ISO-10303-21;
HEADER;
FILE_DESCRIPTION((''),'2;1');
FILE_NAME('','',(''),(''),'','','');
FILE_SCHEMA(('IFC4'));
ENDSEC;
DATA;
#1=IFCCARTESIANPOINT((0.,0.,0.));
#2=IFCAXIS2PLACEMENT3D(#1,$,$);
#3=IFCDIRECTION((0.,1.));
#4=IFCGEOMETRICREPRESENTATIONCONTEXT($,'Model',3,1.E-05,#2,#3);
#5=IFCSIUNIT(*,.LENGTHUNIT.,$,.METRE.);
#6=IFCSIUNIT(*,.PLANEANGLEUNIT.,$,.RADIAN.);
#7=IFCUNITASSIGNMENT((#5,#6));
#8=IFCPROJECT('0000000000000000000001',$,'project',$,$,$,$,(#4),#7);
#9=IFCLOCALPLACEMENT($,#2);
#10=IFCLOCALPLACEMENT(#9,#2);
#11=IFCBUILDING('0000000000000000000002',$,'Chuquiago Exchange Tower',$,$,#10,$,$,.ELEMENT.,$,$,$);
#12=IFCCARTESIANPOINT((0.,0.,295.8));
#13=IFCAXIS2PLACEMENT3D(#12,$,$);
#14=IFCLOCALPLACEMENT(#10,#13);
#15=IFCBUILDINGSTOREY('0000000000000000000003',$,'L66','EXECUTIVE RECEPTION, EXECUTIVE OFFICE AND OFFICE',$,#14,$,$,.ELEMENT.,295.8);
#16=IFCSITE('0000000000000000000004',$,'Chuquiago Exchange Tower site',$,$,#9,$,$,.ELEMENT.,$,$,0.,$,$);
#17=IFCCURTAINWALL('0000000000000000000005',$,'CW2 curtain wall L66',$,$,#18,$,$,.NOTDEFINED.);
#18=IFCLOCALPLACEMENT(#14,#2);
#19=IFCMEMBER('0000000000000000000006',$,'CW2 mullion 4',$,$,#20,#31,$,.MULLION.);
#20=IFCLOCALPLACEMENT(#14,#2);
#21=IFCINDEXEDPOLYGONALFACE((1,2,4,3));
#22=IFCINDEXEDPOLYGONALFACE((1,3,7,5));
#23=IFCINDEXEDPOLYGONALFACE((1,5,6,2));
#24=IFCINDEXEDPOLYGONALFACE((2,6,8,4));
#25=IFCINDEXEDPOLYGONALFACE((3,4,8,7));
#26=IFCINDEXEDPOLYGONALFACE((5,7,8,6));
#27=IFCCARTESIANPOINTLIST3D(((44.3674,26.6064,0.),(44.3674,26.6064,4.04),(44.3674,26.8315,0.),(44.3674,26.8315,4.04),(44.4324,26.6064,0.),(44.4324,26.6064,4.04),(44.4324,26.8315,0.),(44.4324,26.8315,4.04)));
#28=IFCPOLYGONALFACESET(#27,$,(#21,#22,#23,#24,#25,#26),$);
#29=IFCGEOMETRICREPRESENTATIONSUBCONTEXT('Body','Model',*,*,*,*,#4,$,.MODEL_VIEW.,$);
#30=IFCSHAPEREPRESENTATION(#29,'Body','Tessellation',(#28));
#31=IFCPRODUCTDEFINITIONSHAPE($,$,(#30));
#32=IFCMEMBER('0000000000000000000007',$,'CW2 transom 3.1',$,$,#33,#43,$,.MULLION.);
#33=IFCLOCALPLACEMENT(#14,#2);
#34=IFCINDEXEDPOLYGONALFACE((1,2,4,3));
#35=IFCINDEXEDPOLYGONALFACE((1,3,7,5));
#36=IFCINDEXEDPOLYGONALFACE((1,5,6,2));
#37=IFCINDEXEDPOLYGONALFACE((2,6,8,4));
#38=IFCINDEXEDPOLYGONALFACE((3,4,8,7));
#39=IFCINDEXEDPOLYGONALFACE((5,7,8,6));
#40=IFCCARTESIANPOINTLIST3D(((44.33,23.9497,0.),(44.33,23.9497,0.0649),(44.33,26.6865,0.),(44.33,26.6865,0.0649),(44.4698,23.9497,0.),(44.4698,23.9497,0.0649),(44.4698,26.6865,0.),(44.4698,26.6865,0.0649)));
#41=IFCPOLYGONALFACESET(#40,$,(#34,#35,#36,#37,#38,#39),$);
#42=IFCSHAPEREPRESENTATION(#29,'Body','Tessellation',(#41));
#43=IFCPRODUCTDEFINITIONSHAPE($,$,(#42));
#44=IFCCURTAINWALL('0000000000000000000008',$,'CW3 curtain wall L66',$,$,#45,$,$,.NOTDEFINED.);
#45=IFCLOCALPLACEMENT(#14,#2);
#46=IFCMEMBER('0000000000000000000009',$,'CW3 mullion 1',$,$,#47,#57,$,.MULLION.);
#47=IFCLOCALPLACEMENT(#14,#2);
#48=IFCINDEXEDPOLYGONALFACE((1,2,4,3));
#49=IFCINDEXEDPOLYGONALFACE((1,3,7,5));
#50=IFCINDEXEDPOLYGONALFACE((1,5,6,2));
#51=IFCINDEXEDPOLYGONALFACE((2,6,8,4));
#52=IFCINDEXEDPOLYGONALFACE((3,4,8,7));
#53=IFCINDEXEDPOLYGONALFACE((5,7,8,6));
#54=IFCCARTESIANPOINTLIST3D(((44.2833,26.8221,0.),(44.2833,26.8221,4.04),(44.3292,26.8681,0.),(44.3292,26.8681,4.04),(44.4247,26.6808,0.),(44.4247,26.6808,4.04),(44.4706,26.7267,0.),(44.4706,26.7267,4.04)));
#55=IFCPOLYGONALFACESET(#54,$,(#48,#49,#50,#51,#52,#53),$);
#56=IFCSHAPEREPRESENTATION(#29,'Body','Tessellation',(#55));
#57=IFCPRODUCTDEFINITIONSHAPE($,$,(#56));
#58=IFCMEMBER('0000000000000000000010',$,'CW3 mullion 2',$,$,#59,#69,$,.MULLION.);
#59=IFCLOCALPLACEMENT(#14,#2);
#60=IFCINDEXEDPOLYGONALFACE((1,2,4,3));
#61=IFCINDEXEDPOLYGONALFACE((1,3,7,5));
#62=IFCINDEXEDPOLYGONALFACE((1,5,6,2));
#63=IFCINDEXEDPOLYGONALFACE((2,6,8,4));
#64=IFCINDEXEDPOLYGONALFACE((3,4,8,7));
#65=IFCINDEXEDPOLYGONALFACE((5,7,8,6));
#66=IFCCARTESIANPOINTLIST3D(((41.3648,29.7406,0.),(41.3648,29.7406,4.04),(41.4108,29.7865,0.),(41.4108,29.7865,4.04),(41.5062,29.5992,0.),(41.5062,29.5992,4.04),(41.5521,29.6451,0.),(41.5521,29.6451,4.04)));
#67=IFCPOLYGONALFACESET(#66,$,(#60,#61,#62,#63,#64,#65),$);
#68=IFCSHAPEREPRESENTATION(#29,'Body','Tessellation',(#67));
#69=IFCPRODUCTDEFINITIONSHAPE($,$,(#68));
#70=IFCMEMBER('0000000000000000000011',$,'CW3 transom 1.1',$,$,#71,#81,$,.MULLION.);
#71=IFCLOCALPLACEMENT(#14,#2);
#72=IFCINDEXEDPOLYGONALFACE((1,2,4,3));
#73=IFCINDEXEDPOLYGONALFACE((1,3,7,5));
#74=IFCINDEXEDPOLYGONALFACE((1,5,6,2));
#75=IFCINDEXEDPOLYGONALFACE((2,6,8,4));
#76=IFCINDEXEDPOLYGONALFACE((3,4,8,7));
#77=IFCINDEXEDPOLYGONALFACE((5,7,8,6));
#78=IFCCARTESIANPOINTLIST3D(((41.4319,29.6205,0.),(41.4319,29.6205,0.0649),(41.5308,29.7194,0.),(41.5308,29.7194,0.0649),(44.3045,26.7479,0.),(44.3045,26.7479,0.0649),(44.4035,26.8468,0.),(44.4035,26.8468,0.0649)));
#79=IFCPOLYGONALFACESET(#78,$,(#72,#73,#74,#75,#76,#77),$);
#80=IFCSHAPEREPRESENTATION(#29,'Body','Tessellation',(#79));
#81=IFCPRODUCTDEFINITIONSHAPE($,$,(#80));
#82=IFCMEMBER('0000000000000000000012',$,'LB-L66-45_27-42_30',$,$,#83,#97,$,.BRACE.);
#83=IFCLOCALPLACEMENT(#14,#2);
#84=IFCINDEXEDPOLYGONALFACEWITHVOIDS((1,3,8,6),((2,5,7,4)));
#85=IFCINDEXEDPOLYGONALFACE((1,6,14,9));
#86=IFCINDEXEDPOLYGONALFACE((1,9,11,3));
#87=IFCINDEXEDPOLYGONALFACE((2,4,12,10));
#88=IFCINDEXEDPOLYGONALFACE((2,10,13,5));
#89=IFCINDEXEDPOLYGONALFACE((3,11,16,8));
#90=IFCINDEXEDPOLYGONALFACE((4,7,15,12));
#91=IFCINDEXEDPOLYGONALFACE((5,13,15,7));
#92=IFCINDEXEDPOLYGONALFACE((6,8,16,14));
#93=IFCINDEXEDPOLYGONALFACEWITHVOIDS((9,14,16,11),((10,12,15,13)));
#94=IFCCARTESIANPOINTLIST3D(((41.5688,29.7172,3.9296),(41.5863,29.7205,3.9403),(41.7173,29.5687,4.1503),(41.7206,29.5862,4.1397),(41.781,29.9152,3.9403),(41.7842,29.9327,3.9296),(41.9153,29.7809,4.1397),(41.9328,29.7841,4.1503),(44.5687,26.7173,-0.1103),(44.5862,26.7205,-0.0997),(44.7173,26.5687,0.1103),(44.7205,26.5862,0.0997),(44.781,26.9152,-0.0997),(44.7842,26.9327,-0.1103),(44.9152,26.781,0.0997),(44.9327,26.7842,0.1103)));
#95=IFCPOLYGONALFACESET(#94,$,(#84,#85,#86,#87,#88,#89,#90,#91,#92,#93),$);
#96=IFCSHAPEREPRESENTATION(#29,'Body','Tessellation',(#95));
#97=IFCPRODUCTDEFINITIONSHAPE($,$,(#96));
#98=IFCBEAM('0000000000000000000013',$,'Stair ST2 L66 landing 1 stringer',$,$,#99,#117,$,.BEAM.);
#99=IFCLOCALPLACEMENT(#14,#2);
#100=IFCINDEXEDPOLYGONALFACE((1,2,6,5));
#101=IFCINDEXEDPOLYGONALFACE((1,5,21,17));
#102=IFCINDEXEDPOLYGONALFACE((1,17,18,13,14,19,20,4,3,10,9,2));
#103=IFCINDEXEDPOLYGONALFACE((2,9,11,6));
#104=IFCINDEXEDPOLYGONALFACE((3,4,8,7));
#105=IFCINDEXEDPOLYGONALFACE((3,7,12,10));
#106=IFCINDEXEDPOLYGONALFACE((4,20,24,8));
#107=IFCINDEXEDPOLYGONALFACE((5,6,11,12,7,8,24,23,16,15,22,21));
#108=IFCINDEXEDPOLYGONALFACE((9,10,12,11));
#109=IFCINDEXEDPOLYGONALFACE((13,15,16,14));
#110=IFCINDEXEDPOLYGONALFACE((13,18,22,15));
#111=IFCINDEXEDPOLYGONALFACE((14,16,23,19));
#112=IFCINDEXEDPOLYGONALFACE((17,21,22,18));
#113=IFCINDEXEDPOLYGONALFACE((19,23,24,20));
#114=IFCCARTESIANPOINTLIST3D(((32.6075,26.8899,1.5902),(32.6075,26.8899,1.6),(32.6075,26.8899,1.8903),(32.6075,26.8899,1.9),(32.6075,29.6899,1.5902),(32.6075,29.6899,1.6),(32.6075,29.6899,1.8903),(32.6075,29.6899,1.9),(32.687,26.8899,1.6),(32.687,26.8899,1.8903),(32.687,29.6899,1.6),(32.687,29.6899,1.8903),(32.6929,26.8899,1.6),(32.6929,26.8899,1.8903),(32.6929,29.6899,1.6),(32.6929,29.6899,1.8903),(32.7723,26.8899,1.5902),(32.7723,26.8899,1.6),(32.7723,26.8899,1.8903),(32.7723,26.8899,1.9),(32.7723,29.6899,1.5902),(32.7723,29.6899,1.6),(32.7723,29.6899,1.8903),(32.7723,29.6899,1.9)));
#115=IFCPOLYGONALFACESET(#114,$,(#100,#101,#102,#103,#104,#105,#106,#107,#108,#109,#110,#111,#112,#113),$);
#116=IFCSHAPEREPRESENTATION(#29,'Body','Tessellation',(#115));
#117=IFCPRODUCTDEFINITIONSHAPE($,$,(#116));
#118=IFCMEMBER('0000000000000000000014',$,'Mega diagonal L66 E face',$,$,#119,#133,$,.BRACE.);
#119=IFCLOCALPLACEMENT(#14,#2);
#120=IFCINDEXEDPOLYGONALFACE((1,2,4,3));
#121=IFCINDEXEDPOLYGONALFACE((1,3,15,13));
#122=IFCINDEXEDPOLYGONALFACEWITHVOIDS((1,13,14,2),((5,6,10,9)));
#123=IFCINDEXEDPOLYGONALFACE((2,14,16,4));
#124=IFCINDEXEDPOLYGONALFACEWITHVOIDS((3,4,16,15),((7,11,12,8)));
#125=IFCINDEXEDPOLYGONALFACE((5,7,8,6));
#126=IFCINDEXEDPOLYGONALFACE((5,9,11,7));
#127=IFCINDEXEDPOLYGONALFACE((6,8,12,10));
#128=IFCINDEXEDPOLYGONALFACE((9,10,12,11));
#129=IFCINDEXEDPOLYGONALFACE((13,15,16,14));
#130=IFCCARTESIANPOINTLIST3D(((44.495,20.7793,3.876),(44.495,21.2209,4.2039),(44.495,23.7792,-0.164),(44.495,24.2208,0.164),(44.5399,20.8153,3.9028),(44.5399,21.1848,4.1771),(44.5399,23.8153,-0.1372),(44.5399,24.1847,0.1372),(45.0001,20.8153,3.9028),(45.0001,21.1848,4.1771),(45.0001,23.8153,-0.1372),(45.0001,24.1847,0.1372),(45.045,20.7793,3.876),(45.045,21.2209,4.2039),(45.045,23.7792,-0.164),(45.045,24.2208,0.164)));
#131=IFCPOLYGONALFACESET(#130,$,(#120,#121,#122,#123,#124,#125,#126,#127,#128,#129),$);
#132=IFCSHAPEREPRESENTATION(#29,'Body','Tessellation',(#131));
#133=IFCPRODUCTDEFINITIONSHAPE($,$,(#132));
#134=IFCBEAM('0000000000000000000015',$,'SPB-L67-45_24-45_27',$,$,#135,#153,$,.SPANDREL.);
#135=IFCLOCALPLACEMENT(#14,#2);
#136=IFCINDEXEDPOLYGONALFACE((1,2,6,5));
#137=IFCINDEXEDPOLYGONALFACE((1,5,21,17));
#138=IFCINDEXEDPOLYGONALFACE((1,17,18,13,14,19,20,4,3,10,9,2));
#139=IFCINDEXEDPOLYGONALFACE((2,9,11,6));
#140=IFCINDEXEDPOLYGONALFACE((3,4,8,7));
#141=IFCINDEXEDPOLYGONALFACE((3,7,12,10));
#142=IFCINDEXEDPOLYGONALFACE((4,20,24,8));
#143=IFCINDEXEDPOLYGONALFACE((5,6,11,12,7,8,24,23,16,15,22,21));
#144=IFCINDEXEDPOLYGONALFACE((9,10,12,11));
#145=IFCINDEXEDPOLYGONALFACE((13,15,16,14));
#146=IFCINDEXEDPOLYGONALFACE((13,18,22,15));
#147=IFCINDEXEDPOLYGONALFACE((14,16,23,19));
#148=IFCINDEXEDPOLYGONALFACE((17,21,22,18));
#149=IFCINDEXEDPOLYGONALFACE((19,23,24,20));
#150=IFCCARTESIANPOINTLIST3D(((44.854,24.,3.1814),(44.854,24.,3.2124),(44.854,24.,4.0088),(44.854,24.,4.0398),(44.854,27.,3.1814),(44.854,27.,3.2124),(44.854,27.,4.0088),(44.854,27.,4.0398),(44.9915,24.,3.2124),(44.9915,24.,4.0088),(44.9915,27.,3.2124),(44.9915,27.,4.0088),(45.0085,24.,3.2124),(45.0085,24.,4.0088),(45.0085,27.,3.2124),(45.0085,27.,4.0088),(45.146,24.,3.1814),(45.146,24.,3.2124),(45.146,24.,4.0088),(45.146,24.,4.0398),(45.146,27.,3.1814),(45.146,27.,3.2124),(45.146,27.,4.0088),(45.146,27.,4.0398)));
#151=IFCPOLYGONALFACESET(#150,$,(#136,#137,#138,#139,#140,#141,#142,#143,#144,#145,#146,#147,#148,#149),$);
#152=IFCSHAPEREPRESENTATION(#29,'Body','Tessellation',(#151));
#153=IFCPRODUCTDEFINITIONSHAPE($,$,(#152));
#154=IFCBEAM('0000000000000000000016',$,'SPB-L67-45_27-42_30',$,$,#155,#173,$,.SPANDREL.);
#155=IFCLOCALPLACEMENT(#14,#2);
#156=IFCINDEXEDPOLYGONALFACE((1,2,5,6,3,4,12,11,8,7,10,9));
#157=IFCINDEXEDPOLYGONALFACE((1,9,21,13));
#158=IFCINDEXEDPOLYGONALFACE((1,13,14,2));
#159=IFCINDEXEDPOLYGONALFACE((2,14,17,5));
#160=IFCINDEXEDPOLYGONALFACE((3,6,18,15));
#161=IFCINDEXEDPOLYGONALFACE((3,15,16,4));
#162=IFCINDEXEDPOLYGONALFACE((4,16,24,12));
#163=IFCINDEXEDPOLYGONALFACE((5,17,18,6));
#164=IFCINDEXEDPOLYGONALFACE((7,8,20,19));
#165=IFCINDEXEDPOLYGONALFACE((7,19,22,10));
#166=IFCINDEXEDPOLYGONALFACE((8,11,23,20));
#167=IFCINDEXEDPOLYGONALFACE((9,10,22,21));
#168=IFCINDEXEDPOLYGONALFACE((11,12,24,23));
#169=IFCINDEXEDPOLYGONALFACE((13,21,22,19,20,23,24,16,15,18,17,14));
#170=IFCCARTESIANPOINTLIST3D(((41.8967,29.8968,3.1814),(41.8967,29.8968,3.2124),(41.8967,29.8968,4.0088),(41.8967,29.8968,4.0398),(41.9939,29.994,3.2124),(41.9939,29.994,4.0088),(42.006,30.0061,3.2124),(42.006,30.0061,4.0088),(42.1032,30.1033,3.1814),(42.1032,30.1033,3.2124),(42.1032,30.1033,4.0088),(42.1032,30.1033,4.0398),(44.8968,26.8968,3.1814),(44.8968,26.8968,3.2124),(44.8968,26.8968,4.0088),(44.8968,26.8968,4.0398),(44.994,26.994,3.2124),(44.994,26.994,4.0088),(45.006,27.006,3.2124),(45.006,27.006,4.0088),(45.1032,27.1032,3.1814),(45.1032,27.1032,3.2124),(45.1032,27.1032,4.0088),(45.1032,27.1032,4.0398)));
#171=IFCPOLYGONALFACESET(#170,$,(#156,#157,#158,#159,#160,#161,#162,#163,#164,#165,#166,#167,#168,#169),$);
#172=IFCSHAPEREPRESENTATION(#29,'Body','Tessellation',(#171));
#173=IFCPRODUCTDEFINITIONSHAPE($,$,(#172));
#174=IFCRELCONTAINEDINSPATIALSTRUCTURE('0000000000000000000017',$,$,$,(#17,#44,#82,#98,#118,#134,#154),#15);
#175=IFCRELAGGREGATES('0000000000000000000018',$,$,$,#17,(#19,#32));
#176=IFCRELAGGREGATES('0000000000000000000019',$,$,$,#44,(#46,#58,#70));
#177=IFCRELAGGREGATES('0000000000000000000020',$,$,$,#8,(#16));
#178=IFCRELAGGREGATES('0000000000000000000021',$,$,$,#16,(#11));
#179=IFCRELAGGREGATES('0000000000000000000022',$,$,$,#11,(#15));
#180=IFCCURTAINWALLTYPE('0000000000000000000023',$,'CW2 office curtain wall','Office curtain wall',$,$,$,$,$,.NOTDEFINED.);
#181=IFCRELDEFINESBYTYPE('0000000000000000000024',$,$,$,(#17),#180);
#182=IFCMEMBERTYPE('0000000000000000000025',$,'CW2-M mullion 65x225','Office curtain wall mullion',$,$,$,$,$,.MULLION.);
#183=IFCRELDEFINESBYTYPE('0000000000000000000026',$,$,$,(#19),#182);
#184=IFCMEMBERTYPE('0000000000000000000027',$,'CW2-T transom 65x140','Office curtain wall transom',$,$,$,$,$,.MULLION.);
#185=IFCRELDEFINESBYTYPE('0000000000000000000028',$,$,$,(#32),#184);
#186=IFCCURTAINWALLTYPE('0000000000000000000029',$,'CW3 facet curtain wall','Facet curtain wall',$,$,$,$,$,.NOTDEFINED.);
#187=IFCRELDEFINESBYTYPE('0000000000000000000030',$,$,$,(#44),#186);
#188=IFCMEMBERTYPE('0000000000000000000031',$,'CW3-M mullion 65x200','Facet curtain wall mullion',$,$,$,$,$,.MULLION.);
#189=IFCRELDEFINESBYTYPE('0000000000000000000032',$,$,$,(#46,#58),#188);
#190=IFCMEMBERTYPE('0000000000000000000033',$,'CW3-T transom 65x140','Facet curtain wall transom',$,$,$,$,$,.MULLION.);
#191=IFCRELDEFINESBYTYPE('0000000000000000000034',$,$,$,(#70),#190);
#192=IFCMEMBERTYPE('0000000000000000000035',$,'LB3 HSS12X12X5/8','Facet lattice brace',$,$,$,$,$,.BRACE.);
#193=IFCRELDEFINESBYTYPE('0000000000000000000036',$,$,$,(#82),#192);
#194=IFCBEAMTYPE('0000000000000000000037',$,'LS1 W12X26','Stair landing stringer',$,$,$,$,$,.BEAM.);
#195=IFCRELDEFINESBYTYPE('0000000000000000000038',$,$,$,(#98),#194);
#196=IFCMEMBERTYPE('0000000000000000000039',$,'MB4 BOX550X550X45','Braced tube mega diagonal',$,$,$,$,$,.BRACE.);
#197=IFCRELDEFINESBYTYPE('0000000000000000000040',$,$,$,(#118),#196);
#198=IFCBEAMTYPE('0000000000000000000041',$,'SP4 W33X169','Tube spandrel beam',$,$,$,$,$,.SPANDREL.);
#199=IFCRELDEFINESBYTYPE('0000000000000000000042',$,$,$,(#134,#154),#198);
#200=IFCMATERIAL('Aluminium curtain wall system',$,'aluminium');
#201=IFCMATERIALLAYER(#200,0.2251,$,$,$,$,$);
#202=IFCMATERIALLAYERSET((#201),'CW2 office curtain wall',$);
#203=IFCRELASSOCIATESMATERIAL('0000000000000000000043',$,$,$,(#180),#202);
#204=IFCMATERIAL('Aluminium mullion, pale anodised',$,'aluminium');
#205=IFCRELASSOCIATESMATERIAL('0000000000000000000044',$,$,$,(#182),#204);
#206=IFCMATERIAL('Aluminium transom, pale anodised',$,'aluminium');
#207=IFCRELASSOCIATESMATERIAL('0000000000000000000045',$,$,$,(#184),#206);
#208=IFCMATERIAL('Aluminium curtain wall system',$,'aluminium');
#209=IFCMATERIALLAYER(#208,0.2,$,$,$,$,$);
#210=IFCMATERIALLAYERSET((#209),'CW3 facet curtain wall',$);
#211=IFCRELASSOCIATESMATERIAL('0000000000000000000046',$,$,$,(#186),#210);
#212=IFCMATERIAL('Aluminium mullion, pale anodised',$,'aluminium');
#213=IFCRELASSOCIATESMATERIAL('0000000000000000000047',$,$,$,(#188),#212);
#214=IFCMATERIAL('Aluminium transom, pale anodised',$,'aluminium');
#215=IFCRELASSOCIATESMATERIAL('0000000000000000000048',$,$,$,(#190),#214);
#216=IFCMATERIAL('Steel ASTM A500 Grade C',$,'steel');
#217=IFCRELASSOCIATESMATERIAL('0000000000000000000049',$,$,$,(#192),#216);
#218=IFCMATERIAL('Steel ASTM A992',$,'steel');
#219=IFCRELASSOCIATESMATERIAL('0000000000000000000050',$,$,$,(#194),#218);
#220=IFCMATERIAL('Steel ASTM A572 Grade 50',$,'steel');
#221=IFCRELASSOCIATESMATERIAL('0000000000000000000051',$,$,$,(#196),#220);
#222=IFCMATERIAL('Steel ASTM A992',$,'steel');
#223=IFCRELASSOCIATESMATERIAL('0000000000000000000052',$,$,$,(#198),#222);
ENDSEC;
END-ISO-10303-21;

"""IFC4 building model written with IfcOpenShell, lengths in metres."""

from ifc_helpers import new_model, si_unit, direction, frame, origin, origin_2d, place, context, subcontext, project, spatial, rectangle, hollow_rectangle, i_section, extrude, material, layer, layer_set, material_profile, profile_set, type_object, element, aggregate, save


model = new_model("IFC4")

# Units and contexts
model_context = context("Model", 3, precision=1e-05, world=origin(), true_north=direction((0.0, 1.0)))
body_context = subcontext(model_context, "Body", "Model", "MODEL_VIEW")
ifc_project = project(units=[si_unit("LENGTHUNIT", "METRE"), si_unit("PLANEANGLEUNIT", "RADIAN")], contexts=[model_context])

# Site, building, storey
site_placement = place(None, origin())
site = spatial("IfcSite", under=ifc_project, at=site_placement, Name="Chuquiago Exchange Tower site", CompositionType="ELEMENT", RefElevation=0.0)
building_placement = place(site_placement, origin())
building = spatial("IfcBuilding", under=site, at=building_placement, Name="Chuquiago Exchange Tower", CompositionType="ELEMENT")
storey_placement = place(building_placement, frame((0.0, 0.0, 295.8)))
storey = spatial("IfcBuildingStorey", under=building, at=storey_placement, Name="L66", Description="EXECUTIVE RECEPTION, EXECUTIVE OFFICE AND OFFICE", CompositionType="ELEMENT", Elevation=295.8)

# Curtain walls, members
ifc_material_1 = material(Name="Aluminium curtain wall system", Category="aluminium")
ifc_layer_1 = layer(ifc_material_1, 0.2251)
ifc_layer_set_1 = layer_set([ifc_layer_1], Name="CW2 office curtain wall")
curtain_wall_type_1 = type_object("IfcCurtainWallType", Name="CW2 office curtain wall", Description="Office curtain wall", PredefinedType="NOTDEFINED", material=ifc_layer_set_1)
curtain_wall_1_placement = place(storey_placement, origin())
curtain_wall_1 = element("IfcCurtainWall", 1, at=curtain_wall_1_placement, inside=storey, type_object=curtain_wall_type_1, Name="CW2 curtain wall L66", PredefinedType="NOTDEFINED")
ifc_material_2 = material(Name="Aluminium mullion, pale anodised", Category="aluminium")
ifc_material_profile_1 = material_profile(ifc_material_2, rectangle(XDim=0.0649, YDim=0.2251, at=origin_2d()), Name="AL 65x225")
ifc_profile_set_1 = profile_set([ifc_material_profile_1], Name="Aluminium mullion, pale anodised")
member_type_1 = type_object("IfcMemberType", Name="CW2-M mullion 65x225", Description="Office curtain wall mullion", PredefinedType="MULLION", material=ifc_profile_set_1)
member_1_placement = place(storey_placement, frame((44.3999, 26.719, 0.0), z_axis=(0.0, 0.0, 1.0), x_axis=(-1.0, 0.0, 0.0)))
member_1 = element("IfcMember", 2, at=member_1_placement, type_object=member_type_1, Name="CW2 mullion 4", PredefinedType="MULLION", context=body_context, shape_type="SweptSolid", body=[
    extrude(rectangle(XDim=0.0649, YDim=0.2251, at=origin_2d()), origin(), (0.0, 0.0, 1.0), 4.04),
])
ifc_material_3 = material(Name="Aluminium transom, pale anodised", Category="aluminium")
ifc_material_profile_2 = material_profile(ifc_material_3, rectangle(XDim=0.1399, YDim=0.0649, at=origin_2d()), Name="AL 140x65")
ifc_profile_set_2 = profile_set([ifc_material_profile_2], Name="Aluminium transom, pale anodised")
member_type_2 = type_object("IfcMemberType", Name="CW2-T transom 65x140", Description="Office curtain wall transom", PredefinedType="MULLION", material=ifc_profile_set_2)
member_2_placement = place(storey_placement, frame((44.3999, 23.9497, 0.0325), z_axis=(0.0, 1.0, 0.0), x_axis=(-1.0, 0.0, 0.0)))
member_2 = element("IfcMember", 3, at=member_2_placement, type_object=member_type_2, Name="CW2 transom 3.1", PredefinedType="MULLION", context=body_context, shape_type="SweptSolid", body=[
    extrude(rectangle(XDim=0.1399, YDim=0.0649, at=origin_2d()), origin(), (0.0, 0.0, 1.0), 2.7368),
])
ifc_material_4 = material(Name="Aluminium curtain wall system", Category="aluminium")
ifc_layer_2 = layer(ifc_material_4, 0.2)
ifc_layer_set_2 = layer_set([ifc_layer_2], Name="CW3 facet curtain wall")
curtain_wall_type_2 = type_object("IfcCurtainWallType", Name="CW3 facet curtain wall", Description="Facet curtain wall", PredefinedType="NOTDEFINED", material=ifc_layer_set_2)
curtain_wall_2_placement = place(storey_placement, origin())
curtain_wall_2 = element("IfcCurtainWall", 4, at=curtain_wall_2_placement, inside=storey, type_object=curtain_wall_type_2, Name="CW3 curtain wall L66", PredefinedType="NOTDEFINED")
ifc_material_5 = material(Name="Aluminium mullion, pale anodised", Category="aluminium")
ifc_material_profile_3 = material_profile(ifc_material_5, rectangle(XDim=0.0649, YDim=0.2, at=origin_2d()), Name="AL 65x200")
ifc_profile_set_3 = profile_set([ifc_material_profile_3], Name="Aluminium mullion, pale anodised")
member_type_3 = type_object("IfcMemberType", Name="CW3-M mullion 65x200", Description="Facet curtain wall mullion", PredefinedType="MULLION", material=ifc_profile_set_3)
member_3_placement = place(storey_placement, frame((44.377, 26.7744, 0.0), z_axis=(0.0, 0.0, 1.0), x_axis=(-0.707107, -0.707107, 0.0)))
member_3 = element("IfcMember", 5, at=member_3_placement, type_object=member_type_3, Name="CW3 mullion 1", PredefinedType="MULLION", context=body_context, shape_type="SweptSolid", body=[
    extrude(rectangle(XDim=0.0649, YDim=0.2, at=origin_2d()), origin(), (0.0, 0.0, 1.0), 4.04),
])
member_4_placement = place(storey_placement, frame((41.4585, 29.6929, 0.0), z_axis=(0.0, 0.0, 1.0), x_axis=(-0.707107, -0.707107, 0.0)))
member_4 = element("IfcMember", 6, at=member_4_placement, type_object=member_type_3, Name="CW3 mullion 2", PredefinedType="MULLION", context=body_context, shape_type="SweptSolid", body=[
    extrude(rectangle(XDim=0.0649, YDim=0.2, at=origin_2d()), origin(), (0.0, 0.0, 1.0), 4.04),
])
ifc_material_6 = material(Name="Aluminium transom, pale anodised", Category="aluminium")
ifc_material_profile_4 = material_profile(ifc_material_6, rectangle(XDim=0.1399, YDim=0.0649, at=origin_2d()), Name="AL 140x65")
ifc_profile_set_4 = profile_set([ifc_material_profile_4], Name="Aluminium transom, pale anodised")
member_type_4 = type_object("IfcMemberType", Name="CW3-T transom 65x140", Description="Facet curtain wall transom", PredefinedType="MULLION", material=ifc_profile_set_4)
member_5_placement = place(storey_placement, frame((44.354, 26.7974, 0.0325), z_axis=(-0.707107, 0.707107, 0.0), x_axis=(-0.707107, -0.707107, 0.0)))
member_5 = element("IfcMember", 7, at=member_5_placement, type_object=member_type_4, Name="CW3 transom 1.1", PredefinedType="MULLION", context=body_context, shape_type="SweptSolid", body=[
    extrude(rectangle(XDim=0.1399, YDim=0.0649, at=origin_2d()), origin(), (0.0, 0.0, 1.0), 4.0625),
])

# Member
ifc_material_7 = material(Name="Steel ASTM A500 Grade C", Category="steel")
ifc_material_profile_5 = material_profile(ifc_material_7, hollow_rectangle(XDim=0.3047, YDim=0.3047, WallThickness=0.0146, at=origin_2d()), Name="HSS12X12X5/8")
ifc_profile_set_5 = profile_set([ifc_material_profile_5], Name="Steel ASTM A500 Grade C")
member_type_5 = type_object("IfcMemberType", Name="LB3 HSS12X12X5/8", Description="Facet lattice brace", PredefinedType="BRACE", material=ifc_profile_set_5)
member_6_placement = place(storey_placement, frame((44.7507, 26.7507, 0.0), z_axis=(-0.512077, 0.512077, 0.689604), x_axis=(-0.707107, -0.707107, 0.0)))
element("IfcMember", 8, at=member_6_placement, inside=storey, type_object=member_type_5, Name="LB-L66-45_27-42_30", PredefinedType="BRACE", context=body_context, shape_type="SweptSolid", body=[
    extrude(hollow_rectangle(XDim=0.3047, YDim=0.3047, WallThickness=0.0146, at=origin_2d()), origin(), (0.0, 0.0, 1.0), 5.8584),
])

# Beam
ifc_material_8 = material(Name="Steel ASTM A992", Category="steel")
ifc_material_profile_6 = material_profile(ifc_material_8, i_section(OverallWidth=0.1648, OverallDepth=0.3098, WebThickness=0.0059, FlangeThickness=0.0098, at=origin_2d()), Name="W12X26")
ifc_profile_set_6 = profile_set([ifc_material_profile_6], Name="Steel ASTM A992")
beam_type_1 = type_object("IfcBeamType", Name="LS1 W12X26", Description="Stair landing stringer", PredefinedType="BEAM", material=ifc_profile_set_6)
beam_1_placement = place(storey_placement, frame((32.6899, 26.8899, 1.7451), z_axis=(0.0, 1.0, 0.0), x_axis=(-1.0, 0.0, 0.0)))
element("IfcBeam", 9, at=beam_1_placement, inside=storey, type_object=beam_type_1, Name="Stair ST2 L66 landing 1 stringer", PredefinedType="BEAM", context=body_context, shape_type="SweptSolid", body=[
    extrude(i_section(OverallWidth=0.1648, OverallDepth=0.3098, WebThickness=0.0059, FlangeThickness=0.0098, at=origin_2d()), origin(), (0.0, 0.0, 1.0), 2.8),
])

# Member
ifc_material_9 = material(Name="Steel ASTM A572 Grade 50", Category="steel")
ifc_material_profile_7 = material_profile(ifc_material_9, hollow_rectangle(XDim=0.55, YDim=0.55, WallThickness=0.0449, at=origin_2d()), Name="BOX550X550X45")
ifc_profile_set_7 = profile_set([ifc_material_profile_7], Name="Steel ASTM A572 Grade 50")
member_type_6 = type_object("IfcMemberType", Name="MB4 BOX550X550X45", Description="Braced tube mega diagonal", PredefinedType="BRACE", material=ifc_profile_set_7)
member_7_placement = place(storey_placement, frame((44.77, 24.0, 0.0), z_axis=(0.0, -0.596174, 0.802855), x_axis=(1.0, 0.0, 0.0)))
element("IfcMember", 10, at=member_7_placement, inside=storey, type_object=member_type_6, Name="Mega diagonal L66 E face", PredefinedType="BRACE", context=body_context, shape_type="SweptSolid", body=[
    extrude(hollow_rectangle(XDim=0.55, YDim=0.55, WallThickness=0.0449, at=origin_2d()), origin(), (0.0, 0.0, 1.0), 5.032),
])

# Beams
ifc_material_10 = material(Name="Steel ASTM A992", Category="steel")
ifc_material_profile_8 = material_profile(ifc_material_10, i_section(OverallWidth=0.292, OverallDepth=0.8584, WebThickness=0.0171, FlangeThickness=0.031, at=origin_2d()), Name="W33X169")
ifc_profile_set_8 = profile_set([ifc_material_profile_8], Name="Steel ASTM A992")
beam_type_2 = type_object("IfcBeamType", Name="SP4 W33X169", Description="Tube spandrel beam", PredefinedType="SPANDREL", material=ifc_profile_set_8)
beam_2_placement = place(storey_placement, frame((45.0, 24.0, 3.6106), z_axis=(0.0, 1.0, 0.0), x_axis=(-1.0, 0.0, 0.0)))
element("IfcBeam", 11, at=beam_2_placement, inside=storey, type_object=beam_type_2, Name="SPB-L67-45_24-45_27", PredefinedType="SPANDREL", context=body_context, shape_type="SweptSolid", body=[
    extrude(i_section(OverallWidth=0.292, OverallDepth=0.8584, WebThickness=0.0171, FlangeThickness=0.031, at=origin_2d()), origin(), (0.0, 0.0, 1.0), 3.0),
])
beam_3_placement = place(storey_placement, frame((45.0, 27.0, 3.6106), z_axis=(-0.707107, 0.707107, 0.0), x_axis=(-0.707107, -0.707107, 0.0)))
element("IfcBeam", 12, at=beam_3_placement, inside=storey, type_object=beam_type_2, Name="SPB-L67-45_27-42_30", PredefinedType="SPANDREL", context=body_context, shape_type="SweptSolid", body=[
    extrude(i_section(OverallWidth=0.292, OverallDepth=0.8584, WebThickness=0.0171, FlangeThickness=0.031, at=origin_2d()), origin(), (0.0, 0.0, 1.0), 4.2427),
])

aggregate(curtain_wall_1, [member_1, member_2])
aggregate(curtain_wall_2, [member_3, member_4, member_5])

save(model, "model.ifc")
